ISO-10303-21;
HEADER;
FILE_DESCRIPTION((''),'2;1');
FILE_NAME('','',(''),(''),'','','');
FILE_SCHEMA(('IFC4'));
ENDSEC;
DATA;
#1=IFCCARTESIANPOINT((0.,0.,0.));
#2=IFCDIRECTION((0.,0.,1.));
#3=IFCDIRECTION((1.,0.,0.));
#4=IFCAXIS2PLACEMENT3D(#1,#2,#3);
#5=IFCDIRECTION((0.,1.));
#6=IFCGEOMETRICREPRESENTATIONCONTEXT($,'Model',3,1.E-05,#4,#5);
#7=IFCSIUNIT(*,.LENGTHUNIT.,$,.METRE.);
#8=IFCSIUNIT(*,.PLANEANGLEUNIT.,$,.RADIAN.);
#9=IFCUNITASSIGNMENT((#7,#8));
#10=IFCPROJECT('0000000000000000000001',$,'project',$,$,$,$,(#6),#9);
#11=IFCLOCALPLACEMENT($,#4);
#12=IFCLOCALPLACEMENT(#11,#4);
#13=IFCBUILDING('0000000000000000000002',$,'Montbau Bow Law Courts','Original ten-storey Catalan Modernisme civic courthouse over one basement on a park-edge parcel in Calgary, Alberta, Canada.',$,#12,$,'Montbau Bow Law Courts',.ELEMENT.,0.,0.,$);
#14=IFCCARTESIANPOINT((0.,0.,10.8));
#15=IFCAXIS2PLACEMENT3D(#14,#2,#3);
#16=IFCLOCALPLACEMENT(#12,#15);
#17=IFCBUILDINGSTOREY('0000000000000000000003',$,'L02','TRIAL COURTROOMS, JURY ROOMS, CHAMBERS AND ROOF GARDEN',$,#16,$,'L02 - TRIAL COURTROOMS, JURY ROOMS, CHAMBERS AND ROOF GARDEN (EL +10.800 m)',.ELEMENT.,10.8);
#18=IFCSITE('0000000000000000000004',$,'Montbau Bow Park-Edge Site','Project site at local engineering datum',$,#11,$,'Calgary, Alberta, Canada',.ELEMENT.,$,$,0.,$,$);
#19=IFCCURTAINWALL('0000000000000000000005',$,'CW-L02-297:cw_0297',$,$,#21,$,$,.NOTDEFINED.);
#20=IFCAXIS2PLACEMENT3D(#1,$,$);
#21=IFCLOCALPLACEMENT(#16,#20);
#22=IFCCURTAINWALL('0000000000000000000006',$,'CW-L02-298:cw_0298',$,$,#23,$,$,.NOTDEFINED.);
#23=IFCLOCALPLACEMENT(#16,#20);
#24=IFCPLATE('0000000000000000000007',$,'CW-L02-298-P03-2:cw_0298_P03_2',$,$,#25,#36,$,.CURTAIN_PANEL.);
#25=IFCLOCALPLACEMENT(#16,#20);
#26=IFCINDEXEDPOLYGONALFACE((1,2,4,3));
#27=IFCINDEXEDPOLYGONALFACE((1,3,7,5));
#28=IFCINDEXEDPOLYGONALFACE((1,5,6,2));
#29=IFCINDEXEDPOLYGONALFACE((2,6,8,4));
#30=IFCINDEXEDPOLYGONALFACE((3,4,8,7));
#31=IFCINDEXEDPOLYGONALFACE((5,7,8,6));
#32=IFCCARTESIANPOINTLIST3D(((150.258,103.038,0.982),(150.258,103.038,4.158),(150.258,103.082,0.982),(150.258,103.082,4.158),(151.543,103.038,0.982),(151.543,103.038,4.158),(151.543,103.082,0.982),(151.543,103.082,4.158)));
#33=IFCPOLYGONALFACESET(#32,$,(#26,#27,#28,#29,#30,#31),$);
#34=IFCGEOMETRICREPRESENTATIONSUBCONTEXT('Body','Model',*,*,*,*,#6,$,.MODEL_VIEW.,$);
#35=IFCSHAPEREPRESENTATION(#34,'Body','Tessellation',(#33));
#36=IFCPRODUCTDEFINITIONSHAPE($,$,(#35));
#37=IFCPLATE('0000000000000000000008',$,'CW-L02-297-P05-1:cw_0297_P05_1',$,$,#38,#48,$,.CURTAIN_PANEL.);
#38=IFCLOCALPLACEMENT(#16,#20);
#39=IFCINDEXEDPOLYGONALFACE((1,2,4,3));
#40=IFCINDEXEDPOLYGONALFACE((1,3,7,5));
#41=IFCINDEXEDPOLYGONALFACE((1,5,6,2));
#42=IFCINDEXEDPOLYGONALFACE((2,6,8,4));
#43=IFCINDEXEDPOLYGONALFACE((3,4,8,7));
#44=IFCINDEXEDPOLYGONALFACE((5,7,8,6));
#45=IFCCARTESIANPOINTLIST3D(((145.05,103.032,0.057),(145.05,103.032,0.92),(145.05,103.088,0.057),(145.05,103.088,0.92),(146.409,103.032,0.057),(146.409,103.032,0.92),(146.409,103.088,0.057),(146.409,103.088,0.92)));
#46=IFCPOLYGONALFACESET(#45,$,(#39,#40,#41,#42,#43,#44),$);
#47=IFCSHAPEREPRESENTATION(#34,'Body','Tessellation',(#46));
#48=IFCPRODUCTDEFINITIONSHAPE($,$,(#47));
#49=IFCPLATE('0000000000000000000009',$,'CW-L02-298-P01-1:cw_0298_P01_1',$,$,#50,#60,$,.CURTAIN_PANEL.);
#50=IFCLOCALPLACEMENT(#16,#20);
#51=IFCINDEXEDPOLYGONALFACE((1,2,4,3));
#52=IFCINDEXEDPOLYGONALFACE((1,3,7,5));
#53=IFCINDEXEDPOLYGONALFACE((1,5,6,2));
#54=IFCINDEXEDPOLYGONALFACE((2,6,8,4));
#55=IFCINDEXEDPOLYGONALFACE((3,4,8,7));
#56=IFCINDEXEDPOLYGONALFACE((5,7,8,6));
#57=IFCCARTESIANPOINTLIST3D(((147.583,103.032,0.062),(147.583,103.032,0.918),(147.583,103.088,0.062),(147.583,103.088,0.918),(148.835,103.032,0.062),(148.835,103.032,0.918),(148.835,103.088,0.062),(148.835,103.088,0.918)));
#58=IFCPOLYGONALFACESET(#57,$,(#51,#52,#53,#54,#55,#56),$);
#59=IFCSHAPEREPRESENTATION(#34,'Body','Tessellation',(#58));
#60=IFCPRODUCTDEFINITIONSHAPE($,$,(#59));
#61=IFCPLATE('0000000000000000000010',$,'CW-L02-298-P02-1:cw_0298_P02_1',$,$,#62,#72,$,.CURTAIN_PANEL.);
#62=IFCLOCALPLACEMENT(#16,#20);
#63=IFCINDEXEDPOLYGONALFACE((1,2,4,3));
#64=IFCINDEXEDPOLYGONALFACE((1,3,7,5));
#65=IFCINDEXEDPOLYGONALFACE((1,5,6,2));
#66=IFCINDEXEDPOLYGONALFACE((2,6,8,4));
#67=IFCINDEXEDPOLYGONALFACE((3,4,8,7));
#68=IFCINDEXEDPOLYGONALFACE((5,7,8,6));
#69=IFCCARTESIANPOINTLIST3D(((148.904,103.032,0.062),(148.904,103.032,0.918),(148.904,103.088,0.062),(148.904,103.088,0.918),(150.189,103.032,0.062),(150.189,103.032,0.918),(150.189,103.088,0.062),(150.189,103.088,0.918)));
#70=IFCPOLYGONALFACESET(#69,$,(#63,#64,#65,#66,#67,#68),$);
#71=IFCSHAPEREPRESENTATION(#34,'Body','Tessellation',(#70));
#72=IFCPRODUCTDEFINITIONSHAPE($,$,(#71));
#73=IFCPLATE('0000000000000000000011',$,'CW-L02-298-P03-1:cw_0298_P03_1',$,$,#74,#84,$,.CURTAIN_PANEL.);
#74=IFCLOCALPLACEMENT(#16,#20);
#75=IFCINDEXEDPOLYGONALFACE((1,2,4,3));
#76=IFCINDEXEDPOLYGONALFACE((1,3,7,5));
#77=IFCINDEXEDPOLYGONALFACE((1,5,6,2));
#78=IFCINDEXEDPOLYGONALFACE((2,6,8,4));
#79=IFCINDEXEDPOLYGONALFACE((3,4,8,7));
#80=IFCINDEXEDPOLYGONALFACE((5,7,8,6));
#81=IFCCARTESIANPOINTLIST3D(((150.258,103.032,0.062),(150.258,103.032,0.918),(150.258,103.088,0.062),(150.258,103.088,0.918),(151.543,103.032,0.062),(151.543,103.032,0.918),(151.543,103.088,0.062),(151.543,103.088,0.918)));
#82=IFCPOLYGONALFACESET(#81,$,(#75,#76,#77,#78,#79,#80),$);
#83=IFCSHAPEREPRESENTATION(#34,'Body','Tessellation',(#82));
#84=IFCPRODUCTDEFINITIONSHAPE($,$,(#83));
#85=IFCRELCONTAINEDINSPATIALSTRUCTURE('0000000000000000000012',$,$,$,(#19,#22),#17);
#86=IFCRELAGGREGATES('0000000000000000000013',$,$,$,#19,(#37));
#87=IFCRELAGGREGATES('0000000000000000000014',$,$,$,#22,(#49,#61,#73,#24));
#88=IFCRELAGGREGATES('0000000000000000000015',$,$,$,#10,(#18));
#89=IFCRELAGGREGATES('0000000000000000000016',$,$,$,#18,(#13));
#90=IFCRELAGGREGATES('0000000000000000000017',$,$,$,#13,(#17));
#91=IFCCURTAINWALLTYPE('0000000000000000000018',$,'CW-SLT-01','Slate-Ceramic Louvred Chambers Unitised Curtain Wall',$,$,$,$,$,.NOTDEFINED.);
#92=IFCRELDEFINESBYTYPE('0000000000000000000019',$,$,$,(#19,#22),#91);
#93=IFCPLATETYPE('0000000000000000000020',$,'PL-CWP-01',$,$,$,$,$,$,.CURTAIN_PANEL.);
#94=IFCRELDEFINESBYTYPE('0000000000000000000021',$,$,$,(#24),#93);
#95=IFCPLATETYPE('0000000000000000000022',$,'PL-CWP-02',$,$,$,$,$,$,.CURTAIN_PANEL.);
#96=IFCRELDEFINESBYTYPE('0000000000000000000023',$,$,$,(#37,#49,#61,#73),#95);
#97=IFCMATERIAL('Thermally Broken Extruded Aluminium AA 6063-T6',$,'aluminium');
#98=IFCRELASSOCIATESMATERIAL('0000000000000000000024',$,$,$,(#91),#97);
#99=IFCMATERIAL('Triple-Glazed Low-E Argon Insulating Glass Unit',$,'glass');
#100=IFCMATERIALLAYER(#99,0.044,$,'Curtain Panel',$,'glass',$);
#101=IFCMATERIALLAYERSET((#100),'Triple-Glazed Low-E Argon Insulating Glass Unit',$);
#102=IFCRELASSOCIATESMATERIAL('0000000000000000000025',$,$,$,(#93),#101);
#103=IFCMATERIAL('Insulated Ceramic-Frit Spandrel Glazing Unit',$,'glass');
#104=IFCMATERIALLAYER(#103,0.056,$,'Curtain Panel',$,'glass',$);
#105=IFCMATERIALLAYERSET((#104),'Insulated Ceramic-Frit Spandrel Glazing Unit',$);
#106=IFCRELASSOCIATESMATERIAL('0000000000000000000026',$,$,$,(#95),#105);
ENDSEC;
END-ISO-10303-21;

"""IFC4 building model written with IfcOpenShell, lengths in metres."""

from ifc_helpers import new_model, si_unit, direction, frame, frame_2d, origin_with_axes, place, context, subcontext, project, spatial, rectangle, extrude, material, layer, layer_set, type_object, element, aggregate, save


model = new_model("IFC4")

# Units and contexts
model_context = context("Model", 3, precision=1e-05, world=origin_with_axes(), true_north=direction((0.0, 1.0)))
body_context = subcontext(model_context, "Body", "Model", "MODEL_VIEW")
ifc_project = project(units=[si_unit("LENGTHUNIT", "METRE"), si_unit("PLANEANGLEUNIT", "RADIAN")], contexts=[model_context])

# Site, building, storey
site_placement = place(None, origin_with_axes())
site = spatial("IfcSite", under=ifc_project, at=site_placement, Name="Montbau Bow Park-Edge Site", Description="Project site at local engineering datum", LongName="Calgary, Alberta, Canada", CompositionType="ELEMENT", RefElevation=0.0)
building_placement = place(site_placement, origin_with_axes())
building = spatial("IfcBuilding", under=site, at=building_placement, Name="Montbau Bow Law Courts", Description="Original ten-storey Catalan Modernisme civic courthouse over one basement on a park-edge parcel in Calgary, Alberta, Canada.", LongName="Montbau Bow Law Courts", CompositionType="ELEMENT", ElevationOfRefHeight=0.0, ElevationOfTerrain=0.0)
storey_placement = place(building_placement, frame((0.0, 0.0, 10.8), z_axis=(0.0, 0.0, 1.0), x_axis=(1.0, 0.0, 0.0)))
storey = spatial("IfcBuildingStorey", under=building, at=storey_placement, Name="L02", Description="TRIAL COURTROOMS, JURY ROOMS, CHAMBERS AND ROOF GARDEN", LongName="L02 - TRIAL COURTROOMS, JURY ROOMS, CHAMBERS AND ROOF GARDEN (EL +10.800 m)", CompositionType="ELEMENT", Elevation=10.8)

# Curtain walls
ifc_material_1 = material(Name="Thermally Broken Extruded Aluminium AA 6063-T6", Category="aluminium")
curtain_wall_type = type_object("IfcCurtainWallType", Name="CW-SLT-01", Description="Slate-Ceramic Louvred Chambers Unitised Curtain Wall", PredefinedType="NOTDEFINED", material=ifc_material_1)
curtain_wall_1_placement = place(None, frame((139.115, 103.06, 10.8), z_axis=(0.0, 0.0, 1.0), x_axis=(1.0, 0.0, 0.0)))
curtain_wall_1 = element("IfcCurtainWall", 1, at=curtain_wall_1_placement, inside=storey, type_object=curtain_wall_type, Name="CW-L02-297:cw_0297", PredefinedType="NOTDEFINED")
curtain_wall_2_placement = place(None, frame((147.515, 103.06, 10.8), z_axis=(0.0, 0.0, 1.0), x_axis=(1.0, 0.0, 0.0)))
curtain_wall_2 = element("IfcCurtainWall", 2, at=curtain_wall_2_placement, inside=storey, type_object=curtain_wall_type, Name="CW-L02-298:cw_0298", PredefinedType="NOTDEFINED")

# Plates
ifc_material_2 = material(Name="Triple-Glazed Low-E Argon Insulating Glass Unit", Category="glass")
ifc_layer_1 = layer(ifc_material_2, 0.044, Name="Curtain Panel", Category="glass")
ifc_layer_set_1 = layer_set([ifc_layer_1], Name="Triple-Glazed Low-E Argon Insulating Glass Unit")
plate_type_1 = type_object("IfcPlateType", Name="PL-CWP-01", PredefinedType="CURTAIN_PANEL", material=ifc_layer_set_1)
plate_1_placement = place(None, frame((150.258, 103.06, 11.782), z_axis=(0.0, -1.0, 0.0), x_axis=(1.0, 0.0, 0.0)))
plate_1 = element("IfcPlate", 3, at=plate_1_placement, type_object=plate_type_1, Name="CW-L02-298-P03-2:cw_0298_P03_2", PredefinedType="CURTAIN_PANEL", context=body_context, shape_type="SweptSolid", body=[
    extrude(rectangle(XDim=1.285, YDim=3.176, at=frame_2d((0.6425, 1.588), x_axis=(1.0, 0.0))), frame((0.0, 0.0, -0.022), z_axis=(0.0, 0.0, 1.0), x_axis=(1.0, 0.0, 0.0)), (0.0, 0.0, 1.0), 0.044),
])
ifc_material_3 = material(Name="Insulated Ceramic-Frit Spandrel Glazing Unit", Category="glass")
ifc_layer_2 = layer(ifc_material_3, 0.056, Name="Curtain Panel", Category="glass")
ifc_layer_set_2 = layer_set([ifc_layer_2], Name="Insulated Ceramic-Frit Spandrel Glazing Unit")
plate_type_2 = type_object("IfcPlateType", Name="PL-CWP-02", PredefinedType="CURTAIN_PANEL", material=ifc_layer_set_2)
plate_2_placement = place(None, frame((145.05, 103.06, 10.857), z_axis=(0.0, -1.0, 0.0), x_axis=(1.0, 0.0, 0.0)))
plate_2 = element("IfcPlate", 4, at=plate_2_placement, type_object=plate_type_2, Name="CW-L02-297-P05-1:cw_0297_P05_1", PredefinedType="CURTAIN_PANEL", context=body_context, shape_type="SweptSolid", body=[
    extrude(rectangle(XDim=1.359, YDim=0.863, at=frame_2d((0.6795, 0.4315), x_axis=(1.0, 0.0))), frame((0.0, 0.0, -0.028), z_axis=(0.0, 0.0, 1.0), x_axis=(1.0, 0.0, 0.0)), (0.0, 0.0, 1.0), 0.056),
])
aggregate(curtain_wall_1, [plate_2])
plate_3_placement = place(None, frame((147.583, 103.06, 10.862), z_axis=(0.0, -1.0, 0.0), x_axis=(1.0, 0.0, 0.0)))
plate_3 = element("IfcPlate", 5, at=plate_3_placement, type_object=plate_type_2, Name="CW-L02-298-P01-1:cw_0298_P01_1", PredefinedType="CURTAIN_PANEL", context=body_context, shape_type="SweptSolid", body=[
    extrude(rectangle(XDim=1.252, YDim=0.856, at=frame_2d((0.626, 0.428), x_axis=(1.0, 0.0))), frame((0.0, 0.0, -0.028), z_axis=(0.0, 0.0, 1.0), x_axis=(1.0, 0.0, 0.0)), (0.0, 0.0, 1.0), 0.056),
])
plate_4_placement = place(None, frame((148.904, 103.06, 10.862), z_axis=(0.0, -1.0, 0.0), x_axis=(1.0, 0.0, 0.0)))
plate_4 = element("IfcPlate", 6, at=plate_4_placement, type_object=plate_type_2, Name="CW-L02-298-P02-1:cw_0298_P02_1", PredefinedType="CURTAIN_PANEL", context=body_context, shape_type="SweptSolid", body=[
    extrude(rectangle(XDim=1.285, YDim=0.856, at=frame_2d((0.6425, 0.428), x_axis=(1.0, 0.0))), frame((0.0, 0.0, -0.028), z_axis=(0.0, 0.0, 1.0), x_axis=(1.0, 0.0, 0.0)), (0.0, 0.0, 1.0), 0.056),
])
plate_5_placement = place(None, frame((150.258, 103.06, 10.862), z_axis=(0.0, -1.0, 0.0), x_axis=(1.0, 0.0, 0.0)))
plate_5 = element("IfcPlate", 7, at=plate_5_placement, type_object=plate_type_2, Name="CW-L02-298-P03-1:cw_0298_P03_1", PredefinedType="CURTAIN_PANEL", context=body_context, shape_type="SweptSolid", body=[
    extrude(rectangle(XDim=1.285, YDim=0.856, at=frame_2d((0.6425, 0.428), x_axis=(1.0, 0.0))), frame((0.0, 0.0, -0.028), z_axis=(0.0, 0.0, 1.0), x_axis=(1.0, 0.0, 0.0)), (0.0, 0.0, 1.0), 0.056),
])
aggregate(curtain_wall_2, [plate_3, plate_4, plate_5, plate_1])

save(model, "model.ifc")
